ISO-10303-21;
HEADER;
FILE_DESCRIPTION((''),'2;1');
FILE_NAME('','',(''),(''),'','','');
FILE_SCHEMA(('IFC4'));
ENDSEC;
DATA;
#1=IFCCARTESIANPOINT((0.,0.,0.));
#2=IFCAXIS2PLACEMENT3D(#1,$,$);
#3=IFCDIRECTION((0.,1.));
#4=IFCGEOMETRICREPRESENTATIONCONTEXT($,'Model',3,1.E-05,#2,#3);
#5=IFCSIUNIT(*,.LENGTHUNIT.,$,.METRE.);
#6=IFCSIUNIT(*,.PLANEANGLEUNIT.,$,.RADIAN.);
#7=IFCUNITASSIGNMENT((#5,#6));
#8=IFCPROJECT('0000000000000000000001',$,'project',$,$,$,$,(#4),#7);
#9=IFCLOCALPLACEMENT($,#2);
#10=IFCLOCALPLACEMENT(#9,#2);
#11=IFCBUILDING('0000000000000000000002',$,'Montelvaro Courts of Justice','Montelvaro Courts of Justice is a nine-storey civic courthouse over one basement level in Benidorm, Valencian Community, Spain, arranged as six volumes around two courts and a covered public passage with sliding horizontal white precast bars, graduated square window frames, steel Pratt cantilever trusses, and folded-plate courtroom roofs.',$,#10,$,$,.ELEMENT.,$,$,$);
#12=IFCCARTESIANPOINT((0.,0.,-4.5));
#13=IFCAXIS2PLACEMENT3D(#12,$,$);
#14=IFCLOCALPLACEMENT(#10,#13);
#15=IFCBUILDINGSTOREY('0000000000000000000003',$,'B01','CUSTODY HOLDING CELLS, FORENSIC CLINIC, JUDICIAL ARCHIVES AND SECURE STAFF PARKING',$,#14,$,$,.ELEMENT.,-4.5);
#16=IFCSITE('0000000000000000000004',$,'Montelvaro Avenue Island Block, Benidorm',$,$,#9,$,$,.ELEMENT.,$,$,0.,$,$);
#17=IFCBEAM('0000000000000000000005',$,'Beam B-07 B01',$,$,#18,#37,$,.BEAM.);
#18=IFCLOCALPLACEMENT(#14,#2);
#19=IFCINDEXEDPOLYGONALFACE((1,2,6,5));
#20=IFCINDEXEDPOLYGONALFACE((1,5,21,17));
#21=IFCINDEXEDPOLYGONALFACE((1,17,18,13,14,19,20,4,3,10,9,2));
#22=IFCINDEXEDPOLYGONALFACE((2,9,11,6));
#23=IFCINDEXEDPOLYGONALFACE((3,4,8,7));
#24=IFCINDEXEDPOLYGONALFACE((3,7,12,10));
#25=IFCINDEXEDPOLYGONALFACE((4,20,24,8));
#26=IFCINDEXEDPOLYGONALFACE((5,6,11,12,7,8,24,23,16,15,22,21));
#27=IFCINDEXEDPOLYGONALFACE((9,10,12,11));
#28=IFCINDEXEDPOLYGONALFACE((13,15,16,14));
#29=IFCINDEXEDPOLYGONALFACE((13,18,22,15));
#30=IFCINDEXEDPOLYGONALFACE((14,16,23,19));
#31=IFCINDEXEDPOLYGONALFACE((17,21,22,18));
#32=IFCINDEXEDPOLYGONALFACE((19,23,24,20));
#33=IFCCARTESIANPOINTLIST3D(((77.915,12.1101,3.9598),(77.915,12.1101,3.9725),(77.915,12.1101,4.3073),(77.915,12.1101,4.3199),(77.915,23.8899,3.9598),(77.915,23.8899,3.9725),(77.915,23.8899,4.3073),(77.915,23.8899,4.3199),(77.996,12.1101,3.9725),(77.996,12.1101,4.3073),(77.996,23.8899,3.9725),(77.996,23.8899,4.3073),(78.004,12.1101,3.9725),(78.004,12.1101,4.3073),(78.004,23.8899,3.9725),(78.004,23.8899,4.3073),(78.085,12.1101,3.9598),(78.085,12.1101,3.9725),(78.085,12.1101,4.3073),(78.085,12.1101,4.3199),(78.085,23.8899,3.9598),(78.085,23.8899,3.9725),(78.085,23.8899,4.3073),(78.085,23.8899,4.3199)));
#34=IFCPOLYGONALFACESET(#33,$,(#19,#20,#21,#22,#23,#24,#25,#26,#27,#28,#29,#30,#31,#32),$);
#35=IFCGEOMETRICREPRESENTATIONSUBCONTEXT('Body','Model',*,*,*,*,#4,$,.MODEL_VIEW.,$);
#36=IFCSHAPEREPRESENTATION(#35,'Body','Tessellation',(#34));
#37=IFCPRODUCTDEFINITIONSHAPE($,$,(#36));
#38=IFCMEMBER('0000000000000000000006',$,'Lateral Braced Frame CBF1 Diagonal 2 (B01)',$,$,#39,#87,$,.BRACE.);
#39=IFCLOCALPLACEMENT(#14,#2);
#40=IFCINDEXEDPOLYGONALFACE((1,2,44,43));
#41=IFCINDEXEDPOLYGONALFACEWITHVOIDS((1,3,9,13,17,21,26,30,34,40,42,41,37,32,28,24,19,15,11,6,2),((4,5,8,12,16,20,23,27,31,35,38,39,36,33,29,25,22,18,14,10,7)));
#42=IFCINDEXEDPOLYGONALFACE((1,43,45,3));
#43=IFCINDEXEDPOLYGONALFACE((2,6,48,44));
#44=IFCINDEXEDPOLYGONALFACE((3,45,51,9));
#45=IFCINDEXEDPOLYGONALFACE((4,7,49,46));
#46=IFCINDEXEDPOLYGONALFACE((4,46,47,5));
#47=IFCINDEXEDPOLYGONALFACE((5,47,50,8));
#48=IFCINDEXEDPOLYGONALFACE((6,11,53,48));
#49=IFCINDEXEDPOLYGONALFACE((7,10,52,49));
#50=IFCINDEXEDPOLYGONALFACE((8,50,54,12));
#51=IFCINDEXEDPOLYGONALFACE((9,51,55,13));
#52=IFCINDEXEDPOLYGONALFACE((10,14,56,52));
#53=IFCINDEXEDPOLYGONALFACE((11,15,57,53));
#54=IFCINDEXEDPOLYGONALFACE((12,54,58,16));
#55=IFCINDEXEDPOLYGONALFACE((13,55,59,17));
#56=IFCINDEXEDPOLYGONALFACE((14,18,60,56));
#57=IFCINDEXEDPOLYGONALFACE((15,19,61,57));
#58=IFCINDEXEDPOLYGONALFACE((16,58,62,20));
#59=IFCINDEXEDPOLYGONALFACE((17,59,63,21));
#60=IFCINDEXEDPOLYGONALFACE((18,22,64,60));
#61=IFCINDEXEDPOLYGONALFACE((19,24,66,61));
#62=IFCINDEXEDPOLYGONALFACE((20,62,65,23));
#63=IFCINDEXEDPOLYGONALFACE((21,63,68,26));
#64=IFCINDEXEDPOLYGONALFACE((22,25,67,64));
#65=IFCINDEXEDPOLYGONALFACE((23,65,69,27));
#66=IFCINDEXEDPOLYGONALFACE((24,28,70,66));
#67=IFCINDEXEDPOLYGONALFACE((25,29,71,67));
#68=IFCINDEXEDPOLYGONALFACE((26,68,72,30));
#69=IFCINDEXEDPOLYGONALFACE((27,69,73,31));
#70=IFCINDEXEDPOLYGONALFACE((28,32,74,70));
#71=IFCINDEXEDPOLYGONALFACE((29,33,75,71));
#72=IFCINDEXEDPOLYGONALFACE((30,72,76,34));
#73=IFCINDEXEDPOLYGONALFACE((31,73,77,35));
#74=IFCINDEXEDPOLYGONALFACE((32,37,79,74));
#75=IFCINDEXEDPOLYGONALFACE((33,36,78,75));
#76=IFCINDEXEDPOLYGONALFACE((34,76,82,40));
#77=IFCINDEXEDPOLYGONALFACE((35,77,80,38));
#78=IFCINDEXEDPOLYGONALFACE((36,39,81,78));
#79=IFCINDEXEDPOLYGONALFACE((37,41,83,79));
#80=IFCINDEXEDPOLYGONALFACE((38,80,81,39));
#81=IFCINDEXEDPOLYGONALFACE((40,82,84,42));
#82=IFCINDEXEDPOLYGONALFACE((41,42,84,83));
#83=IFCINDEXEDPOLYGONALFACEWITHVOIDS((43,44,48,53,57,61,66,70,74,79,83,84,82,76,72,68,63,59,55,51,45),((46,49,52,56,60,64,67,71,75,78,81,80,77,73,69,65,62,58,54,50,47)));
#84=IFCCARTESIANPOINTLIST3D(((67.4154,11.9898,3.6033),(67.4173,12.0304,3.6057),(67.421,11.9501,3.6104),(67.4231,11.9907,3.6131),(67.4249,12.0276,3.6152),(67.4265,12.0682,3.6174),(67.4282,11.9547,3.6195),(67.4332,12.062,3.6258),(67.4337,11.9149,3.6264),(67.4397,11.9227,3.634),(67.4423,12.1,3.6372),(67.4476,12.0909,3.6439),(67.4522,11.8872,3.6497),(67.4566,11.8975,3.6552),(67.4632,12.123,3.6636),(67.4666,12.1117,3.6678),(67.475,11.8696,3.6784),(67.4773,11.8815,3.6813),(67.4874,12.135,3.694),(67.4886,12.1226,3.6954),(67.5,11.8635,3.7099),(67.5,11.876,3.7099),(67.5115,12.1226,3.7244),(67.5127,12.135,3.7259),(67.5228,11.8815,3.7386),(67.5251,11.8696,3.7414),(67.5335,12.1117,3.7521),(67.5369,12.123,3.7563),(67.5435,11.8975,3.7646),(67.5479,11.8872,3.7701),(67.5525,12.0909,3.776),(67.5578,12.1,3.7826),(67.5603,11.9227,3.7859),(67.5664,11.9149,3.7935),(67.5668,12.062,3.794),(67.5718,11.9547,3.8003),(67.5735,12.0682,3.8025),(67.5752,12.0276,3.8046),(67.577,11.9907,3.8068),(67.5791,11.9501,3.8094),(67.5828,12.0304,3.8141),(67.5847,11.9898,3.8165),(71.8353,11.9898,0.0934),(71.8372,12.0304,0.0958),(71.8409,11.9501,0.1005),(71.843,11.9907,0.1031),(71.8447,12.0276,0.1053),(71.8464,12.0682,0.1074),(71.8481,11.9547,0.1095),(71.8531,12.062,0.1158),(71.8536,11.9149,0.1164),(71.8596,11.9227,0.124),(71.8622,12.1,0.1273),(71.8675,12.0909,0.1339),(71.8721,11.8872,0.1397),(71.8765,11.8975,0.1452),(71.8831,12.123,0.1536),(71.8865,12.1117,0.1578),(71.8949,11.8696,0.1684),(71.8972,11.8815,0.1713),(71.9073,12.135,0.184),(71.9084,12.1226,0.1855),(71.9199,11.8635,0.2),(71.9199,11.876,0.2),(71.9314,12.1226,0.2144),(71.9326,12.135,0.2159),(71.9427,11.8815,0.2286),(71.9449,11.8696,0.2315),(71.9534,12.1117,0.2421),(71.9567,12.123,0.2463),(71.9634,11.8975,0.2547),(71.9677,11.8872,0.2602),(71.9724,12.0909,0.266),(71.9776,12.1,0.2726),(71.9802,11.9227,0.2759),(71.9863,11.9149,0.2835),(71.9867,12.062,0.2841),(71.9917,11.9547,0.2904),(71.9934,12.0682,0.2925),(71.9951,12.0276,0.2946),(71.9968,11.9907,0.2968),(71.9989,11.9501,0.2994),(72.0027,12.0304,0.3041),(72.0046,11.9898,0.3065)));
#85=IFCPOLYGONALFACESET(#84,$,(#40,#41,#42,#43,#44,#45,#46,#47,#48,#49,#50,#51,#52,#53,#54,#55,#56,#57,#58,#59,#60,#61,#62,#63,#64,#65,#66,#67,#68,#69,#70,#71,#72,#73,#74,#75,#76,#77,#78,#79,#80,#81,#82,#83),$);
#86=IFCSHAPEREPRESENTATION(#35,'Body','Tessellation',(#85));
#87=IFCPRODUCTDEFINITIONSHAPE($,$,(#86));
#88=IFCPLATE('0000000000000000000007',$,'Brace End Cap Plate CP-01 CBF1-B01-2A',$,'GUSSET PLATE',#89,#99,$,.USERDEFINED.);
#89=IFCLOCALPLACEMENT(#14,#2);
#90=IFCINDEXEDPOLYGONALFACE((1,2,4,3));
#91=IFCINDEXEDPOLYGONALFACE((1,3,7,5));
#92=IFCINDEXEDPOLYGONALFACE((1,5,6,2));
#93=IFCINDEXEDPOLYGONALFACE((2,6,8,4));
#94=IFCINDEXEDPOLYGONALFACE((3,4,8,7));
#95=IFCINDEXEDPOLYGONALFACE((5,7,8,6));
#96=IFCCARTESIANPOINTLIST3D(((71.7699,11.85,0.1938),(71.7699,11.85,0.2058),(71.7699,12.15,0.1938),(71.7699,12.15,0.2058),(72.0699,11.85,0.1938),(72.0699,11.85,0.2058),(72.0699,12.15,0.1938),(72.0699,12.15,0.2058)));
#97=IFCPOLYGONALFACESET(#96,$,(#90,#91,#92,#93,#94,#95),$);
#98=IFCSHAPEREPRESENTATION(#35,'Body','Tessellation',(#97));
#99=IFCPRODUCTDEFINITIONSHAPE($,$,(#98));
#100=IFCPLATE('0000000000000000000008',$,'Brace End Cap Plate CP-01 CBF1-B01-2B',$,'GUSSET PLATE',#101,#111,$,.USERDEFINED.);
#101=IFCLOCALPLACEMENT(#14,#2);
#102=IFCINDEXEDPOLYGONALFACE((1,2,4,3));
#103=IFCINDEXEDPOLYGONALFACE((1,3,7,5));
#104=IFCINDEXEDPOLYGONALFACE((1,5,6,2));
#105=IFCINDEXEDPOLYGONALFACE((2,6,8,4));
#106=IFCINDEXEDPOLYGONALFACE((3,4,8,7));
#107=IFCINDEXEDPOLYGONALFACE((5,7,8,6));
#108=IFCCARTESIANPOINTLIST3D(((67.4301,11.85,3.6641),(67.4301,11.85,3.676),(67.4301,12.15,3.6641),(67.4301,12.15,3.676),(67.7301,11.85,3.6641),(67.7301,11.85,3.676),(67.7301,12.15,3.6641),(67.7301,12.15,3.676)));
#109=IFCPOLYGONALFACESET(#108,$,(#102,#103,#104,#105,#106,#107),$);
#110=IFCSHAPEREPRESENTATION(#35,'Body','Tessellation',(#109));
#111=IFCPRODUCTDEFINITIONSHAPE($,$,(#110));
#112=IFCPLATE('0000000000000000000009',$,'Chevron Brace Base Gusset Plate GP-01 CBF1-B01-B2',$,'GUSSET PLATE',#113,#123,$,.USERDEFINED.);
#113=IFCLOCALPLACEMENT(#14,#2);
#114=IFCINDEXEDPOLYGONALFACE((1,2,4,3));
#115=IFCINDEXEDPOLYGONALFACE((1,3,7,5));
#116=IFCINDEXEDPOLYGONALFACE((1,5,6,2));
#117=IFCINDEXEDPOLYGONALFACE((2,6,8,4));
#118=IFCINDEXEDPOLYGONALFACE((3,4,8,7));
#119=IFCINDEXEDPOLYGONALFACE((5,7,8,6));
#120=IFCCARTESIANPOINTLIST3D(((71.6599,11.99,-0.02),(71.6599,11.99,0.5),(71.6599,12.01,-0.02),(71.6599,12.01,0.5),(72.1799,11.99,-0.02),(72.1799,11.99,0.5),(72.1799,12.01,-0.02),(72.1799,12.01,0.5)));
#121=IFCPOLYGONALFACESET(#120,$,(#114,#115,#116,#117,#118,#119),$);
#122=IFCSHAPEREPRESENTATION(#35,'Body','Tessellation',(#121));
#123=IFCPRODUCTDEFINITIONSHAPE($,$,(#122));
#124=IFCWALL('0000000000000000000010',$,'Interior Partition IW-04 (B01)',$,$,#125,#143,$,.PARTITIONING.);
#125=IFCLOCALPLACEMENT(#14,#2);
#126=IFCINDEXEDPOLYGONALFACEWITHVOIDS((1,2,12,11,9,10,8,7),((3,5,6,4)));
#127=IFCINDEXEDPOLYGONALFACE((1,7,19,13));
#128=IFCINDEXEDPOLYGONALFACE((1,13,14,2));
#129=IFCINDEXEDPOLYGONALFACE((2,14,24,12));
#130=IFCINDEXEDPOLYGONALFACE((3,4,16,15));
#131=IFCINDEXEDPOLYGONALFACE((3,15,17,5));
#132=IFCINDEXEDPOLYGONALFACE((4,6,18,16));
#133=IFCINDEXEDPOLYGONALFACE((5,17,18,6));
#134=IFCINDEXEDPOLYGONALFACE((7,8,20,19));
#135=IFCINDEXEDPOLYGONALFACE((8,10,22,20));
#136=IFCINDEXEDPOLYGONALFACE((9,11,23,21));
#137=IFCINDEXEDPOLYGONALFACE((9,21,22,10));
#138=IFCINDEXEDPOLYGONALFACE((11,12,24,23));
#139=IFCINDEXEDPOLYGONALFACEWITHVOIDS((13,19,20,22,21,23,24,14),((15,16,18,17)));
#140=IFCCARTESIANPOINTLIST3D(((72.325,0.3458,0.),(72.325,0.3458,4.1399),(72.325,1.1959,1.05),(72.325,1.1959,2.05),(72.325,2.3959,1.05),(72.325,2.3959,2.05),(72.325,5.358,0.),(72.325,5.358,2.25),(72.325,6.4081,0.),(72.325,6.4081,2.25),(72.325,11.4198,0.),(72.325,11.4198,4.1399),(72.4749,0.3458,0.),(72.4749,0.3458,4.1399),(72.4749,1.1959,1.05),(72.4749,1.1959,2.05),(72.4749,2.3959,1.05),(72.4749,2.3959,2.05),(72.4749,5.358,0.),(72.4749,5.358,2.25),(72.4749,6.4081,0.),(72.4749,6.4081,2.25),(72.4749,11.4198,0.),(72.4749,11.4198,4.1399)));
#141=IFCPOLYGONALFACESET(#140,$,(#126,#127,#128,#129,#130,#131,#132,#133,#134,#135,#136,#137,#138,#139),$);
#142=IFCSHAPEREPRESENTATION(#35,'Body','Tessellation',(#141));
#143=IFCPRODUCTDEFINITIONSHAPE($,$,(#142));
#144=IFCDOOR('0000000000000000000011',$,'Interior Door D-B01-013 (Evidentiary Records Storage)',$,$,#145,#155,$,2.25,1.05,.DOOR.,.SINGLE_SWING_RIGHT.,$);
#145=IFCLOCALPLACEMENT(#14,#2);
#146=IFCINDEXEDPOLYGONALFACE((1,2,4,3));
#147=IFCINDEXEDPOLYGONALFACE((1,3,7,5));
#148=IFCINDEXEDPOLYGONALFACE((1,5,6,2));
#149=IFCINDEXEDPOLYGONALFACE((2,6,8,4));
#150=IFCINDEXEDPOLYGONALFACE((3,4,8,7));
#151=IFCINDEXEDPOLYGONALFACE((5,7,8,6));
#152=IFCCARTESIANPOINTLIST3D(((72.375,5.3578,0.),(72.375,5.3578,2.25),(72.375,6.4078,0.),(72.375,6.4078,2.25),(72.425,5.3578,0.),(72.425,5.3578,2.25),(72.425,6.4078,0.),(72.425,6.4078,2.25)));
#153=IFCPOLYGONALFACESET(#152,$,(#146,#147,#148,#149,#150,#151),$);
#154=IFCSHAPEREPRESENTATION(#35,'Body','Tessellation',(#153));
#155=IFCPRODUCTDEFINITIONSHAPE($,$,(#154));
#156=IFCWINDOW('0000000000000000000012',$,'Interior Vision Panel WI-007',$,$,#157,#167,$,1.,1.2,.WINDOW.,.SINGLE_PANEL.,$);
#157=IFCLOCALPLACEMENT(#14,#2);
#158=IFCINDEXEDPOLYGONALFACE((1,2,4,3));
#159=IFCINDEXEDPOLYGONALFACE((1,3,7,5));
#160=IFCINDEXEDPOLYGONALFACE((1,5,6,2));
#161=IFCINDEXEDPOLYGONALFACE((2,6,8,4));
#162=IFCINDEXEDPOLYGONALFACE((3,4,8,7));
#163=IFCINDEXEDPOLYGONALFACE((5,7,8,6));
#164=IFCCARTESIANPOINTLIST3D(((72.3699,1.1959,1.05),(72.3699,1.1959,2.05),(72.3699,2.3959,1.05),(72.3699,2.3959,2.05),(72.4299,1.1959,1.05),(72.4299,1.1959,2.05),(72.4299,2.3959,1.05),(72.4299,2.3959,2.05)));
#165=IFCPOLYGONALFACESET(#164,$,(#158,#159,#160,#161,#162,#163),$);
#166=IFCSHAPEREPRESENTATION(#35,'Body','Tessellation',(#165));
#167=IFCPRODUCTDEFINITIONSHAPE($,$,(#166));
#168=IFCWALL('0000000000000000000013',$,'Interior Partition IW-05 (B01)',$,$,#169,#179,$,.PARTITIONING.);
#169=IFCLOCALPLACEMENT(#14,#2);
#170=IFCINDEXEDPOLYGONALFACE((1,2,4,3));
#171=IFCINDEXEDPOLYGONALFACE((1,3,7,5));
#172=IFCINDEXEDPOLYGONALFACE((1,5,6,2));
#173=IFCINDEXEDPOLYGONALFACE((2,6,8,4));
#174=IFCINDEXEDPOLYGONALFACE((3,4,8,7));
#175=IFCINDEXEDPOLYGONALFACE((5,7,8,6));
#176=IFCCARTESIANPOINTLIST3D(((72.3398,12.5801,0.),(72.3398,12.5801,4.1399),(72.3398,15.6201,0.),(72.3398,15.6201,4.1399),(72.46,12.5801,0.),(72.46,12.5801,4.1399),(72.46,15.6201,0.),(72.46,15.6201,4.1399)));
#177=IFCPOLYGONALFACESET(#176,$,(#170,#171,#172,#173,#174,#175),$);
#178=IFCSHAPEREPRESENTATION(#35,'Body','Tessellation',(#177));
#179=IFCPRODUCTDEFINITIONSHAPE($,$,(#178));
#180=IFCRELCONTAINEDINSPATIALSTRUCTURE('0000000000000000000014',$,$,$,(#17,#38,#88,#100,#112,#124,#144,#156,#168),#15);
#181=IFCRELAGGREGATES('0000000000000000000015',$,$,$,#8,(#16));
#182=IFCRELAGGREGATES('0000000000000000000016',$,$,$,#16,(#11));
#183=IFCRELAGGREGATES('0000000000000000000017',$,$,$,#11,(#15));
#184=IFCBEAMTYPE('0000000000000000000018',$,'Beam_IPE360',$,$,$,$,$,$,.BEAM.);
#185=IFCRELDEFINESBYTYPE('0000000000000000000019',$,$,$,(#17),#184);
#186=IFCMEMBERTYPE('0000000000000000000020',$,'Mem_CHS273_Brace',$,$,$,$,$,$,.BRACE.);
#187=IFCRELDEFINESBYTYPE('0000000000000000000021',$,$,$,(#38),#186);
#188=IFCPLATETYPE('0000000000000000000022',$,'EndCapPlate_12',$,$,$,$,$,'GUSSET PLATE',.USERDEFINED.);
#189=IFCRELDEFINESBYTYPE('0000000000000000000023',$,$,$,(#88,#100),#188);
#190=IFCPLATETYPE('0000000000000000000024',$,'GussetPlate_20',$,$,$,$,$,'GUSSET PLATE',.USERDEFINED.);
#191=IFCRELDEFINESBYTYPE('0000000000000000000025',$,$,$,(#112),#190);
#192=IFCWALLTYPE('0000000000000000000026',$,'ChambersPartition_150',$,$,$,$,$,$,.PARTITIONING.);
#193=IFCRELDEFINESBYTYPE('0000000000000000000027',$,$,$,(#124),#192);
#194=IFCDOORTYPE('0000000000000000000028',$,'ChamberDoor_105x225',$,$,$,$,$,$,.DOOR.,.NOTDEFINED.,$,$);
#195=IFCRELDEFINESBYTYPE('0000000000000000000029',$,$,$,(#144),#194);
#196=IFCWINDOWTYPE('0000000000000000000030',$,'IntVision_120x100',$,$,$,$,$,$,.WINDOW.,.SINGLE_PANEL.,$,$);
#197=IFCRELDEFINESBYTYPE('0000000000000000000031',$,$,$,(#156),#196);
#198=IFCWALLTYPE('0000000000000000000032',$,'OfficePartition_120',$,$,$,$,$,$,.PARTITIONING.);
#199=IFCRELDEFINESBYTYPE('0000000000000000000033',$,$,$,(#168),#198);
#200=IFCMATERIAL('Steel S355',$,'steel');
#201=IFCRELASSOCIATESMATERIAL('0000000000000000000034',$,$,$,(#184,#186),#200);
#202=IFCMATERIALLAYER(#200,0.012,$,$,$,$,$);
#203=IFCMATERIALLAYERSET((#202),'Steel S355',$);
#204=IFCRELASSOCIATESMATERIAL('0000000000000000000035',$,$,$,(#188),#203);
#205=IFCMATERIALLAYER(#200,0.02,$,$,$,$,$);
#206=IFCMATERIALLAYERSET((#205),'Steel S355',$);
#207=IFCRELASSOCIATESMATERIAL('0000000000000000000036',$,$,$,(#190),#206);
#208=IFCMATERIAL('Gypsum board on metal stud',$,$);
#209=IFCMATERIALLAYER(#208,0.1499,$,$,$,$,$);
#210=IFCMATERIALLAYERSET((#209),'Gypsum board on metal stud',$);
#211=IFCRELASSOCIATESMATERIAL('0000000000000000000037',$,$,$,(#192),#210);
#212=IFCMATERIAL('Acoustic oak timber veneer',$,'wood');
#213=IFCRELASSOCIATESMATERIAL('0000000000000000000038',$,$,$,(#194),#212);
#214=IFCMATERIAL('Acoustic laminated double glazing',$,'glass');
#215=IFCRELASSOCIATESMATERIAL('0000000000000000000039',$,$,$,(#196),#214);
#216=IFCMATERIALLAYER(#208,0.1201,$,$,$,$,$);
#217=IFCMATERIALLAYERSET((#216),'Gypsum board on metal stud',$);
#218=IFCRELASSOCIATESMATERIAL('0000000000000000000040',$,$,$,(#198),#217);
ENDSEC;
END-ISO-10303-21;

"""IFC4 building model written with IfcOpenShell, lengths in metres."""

from ifc_helpers import new_model, si_unit, direction, frame, frame_2d, origin, origin_2d, place, context, subcontext, project, spatial, rectangle, hollow_circle, i_section, extrude, material, layer, layer_set, material_profile, profile_set, type_object, element, fill, save


model = new_model("IFC4")

# Units and contexts
model_context = context("Model", 3, precision=1e-05, world=origin(), true_north=direction((0.0, 1.0)))
body_context = subcontext(model_context, "Body", "Model", "MODEL_VIEW")
ifc_project = project(units=[si_unit("LENGTHUNIT", "METRE"), si_unit("PLANEANGLEUNIT", "RADIAN")], contexts=[model_context])

# Site, building, storey
site_placement = place(None, origin())
site = spatial("IfcSite", under=ifc_project, at=site_placement, Name="Montelvaro Avenue Island Block, Benidorm", CompositionType="ELEMENT", RefElevation=0.0)
building_placement = place(site_placement, origin())
building = spatial("IfcBuilding", under=site, at=building_placement, Name="Montelvaro Courts of Justice", Description="Montelvaro Courts of Justice is a nine-storey civic courthouse over one basement level in Benidorm, Valencian Community, Spain, arranged as six volumes around two courts and a covered public passage with sliding horizontal white precast bars, graduated square window frames, steel Pratt cantilever trusses, and folded-plate courtroom roofs.", CompositionType="ELEMENT")
storey_placement = place(building_placement, frame((0.0, 0.0, -4.5)))
storey = spatial("IfcBuildingStorey", under=building, at=storey_placement, Name="B01", Description="CUSTODY HOLDING CELLS, FORENSIC CLINIC, JUDICIAL ARCHIVES AND SECURE STAFF PARKING", CompositionType="ELEMENT", Elevation=-4.5)

# Beam
ifc_material_1 = material(Name="Steel S355", Category="steel")
ifc_material_profile_1 = material_profile(ifc_material_1, i_section(OverallWidth=0.1699, OverallDepth=0.3601, WebThickness=0.0081, FlangeThickness=0.0127, at=origin_2d()), Name="IPE 360")
ifc_profile_set_1 = profile_set([ifc_material_profile_1], Name="Steel S355")
beam_type_1 = type_object("IfcBeamType", Name="Beam_IPE360", PredefinedType="BEAM", material=ifc_profile_set_1)
beam_1_placement = place(storey_placement, frame((78.0, 12.1101, 4.1399), z_axis=(0.0, 1.0, 0.0), x_axis=(-1.0, 0.0, 0.0)))
element("IfcBeam", 1, at=beam_1_placement, inside=storey, type_object=beam_type_1, Name="Beam B-07 B01", PredefinedType="BEAM", context=body_context, shape_type="SweptSolid", body=[
    extrude(i_section(OverallWidth=0.1699, OverallDepth=0.3601, WebThickness=0.0081, FlangeThickness=0.0127, at=origin_2d()), origin(), (0.0, 0.0, 1.0), 11.7798),
])

# Member
ifc_material_profile_2 = material_profile(ifc_material_1, hollow_circle(Radius=0.1365, WallThickness=0.0125, at=origin_2d()), Name="CHS 273x12.5")
ifc_profile_set_2 = profile_set([ifc_material_profile_2], Name="Steel S355")
member_type = type_object("IfcMemberType", Name="Mem_CHS273_Brace", PredefinedType="BRACE", material=ifc_profile_set_2)
member_placement = place(storey_placement, frame((71.9199, 12.0, 0.2), z_axis=(-0.783105, 0.0, 0.62189), x_axis=(0.0, -1.0, 0.0)))
element("IfcMember", 2, at=member_placement, inside=storey, type_object=member_type, Name="Lateral Braced Frame CBF1 Diagonal 2 (B01)", PredefinedType="BRACE", context=body_context, shape_type="SweptSolid", body=[
    extrude(hollow_circle(Radius=0.1365, WallThickness=0.0125, at=origin_2d()), origin(), (0.0, 0.0, 1.0), 5.644),
])

# Plates
ifc_layer_1 = layer(ifc_material_1, 0.012)
ifc_layer_set_1 = layer_set([ifc_layer_1], Name="Steel S355")
plate_type_1 = type_object("IfcPlateType", Name="EndCapPlate_12", ElementType="GUSSET PLATE", PredefinedType="USERDEFINED", material=ifc_layer_set_1)
for number, where, z_axis, x_axis, name in (
    (3, (71.9199, 12.0, 0.1938), (0.0, 0.0, 1.0), (1.0, 0.0, 0.0), "Brace End Cap Plate CP-01 CBF1-B01-2A"),
    (4, (67.5801, 12.0, 3.6641), (0.0, 0.0, 1.0), (1.0, 0.0, 0.0), "Brace End Cap Plate CP-01 CBF1-B01-2B"),
):
    element("IfcPlate", number, at=place(storey_placement, frame(where, z_axis=z_axis, x_axis=x_axis)), inside=storey, type_object=plate_type_1, Name=name, ObjectType="GUSSET PLATE", PredefinedType="USERDEFINED", context=body_context, shape_type="SweptSolid", body=[
        extrude(rectangle(XDim=0.3, YDim=0.3, at=origin_2d()), origin(), (0.0, 0.0, 1.0), 0.012),
    ])
ifc_layer_2 = layer(ifc_material_1, 0.02)
ifc_layer_set_2 = layer_set([ifc_layer_2], Name="Steel S355")
plate_type_2 = type_object("IfcPlateType", Name="GussetPlate_20", ElementType="GUSSET PLATE", PredefinedType="USERDEFINED", material=ifc_layer_set_2)
plate_placement = place(storey_placement, frame((71.9199, 12.0, -0.02), z_axis=(0.0, 0.0, 1.0), x_axis=(1.0, 0.0, 0.0)))
element("IfcPlate", 5, at=plate_placement, inside=storey, type_object=plate_type_2, Name="Chevron Brace Base Gusset Plate GP-01 CBF1-B01-B2", ObjectType="GUSSET PLATE", PredefinedType="USERDEFINED", context=body_context, shape_type="SweptSolid", body=[
    extrude(rectangle(XDim=0.52, YDim=0.02, at=origin_2d()), origin(), (0.0, 0.0, 1.0), 0.52),
])

# Wall, openings, door, window
ifc_material_2 = material(Name="Gypsum board on metal stud")
ifc_layer_3 = layer(ifc_material_2, 0.1499)
ifc_layer_set_3 = layer_set([ifc_layer_3], Name="Gypsum board on metal stud")
wall_type_1 = type_object("IfcWallType", Name="ChambersPartition_150", PredefinedType="PARTITIONING", material=ifc_layer_set_3)
wall_1_placement = place(storey_placement, frame((72.3999, 11.4199, 0.0), z_axis=(0.0, 0.0, 1.0), x_axis=(0.0, -1.0, 0.0)))
wall_1 = element("IfcWall", 6, at=wall_1_placement, inside=storey, type_object=wall_type_1, Name="Interior Partition IW-04 (B01)", PredefinedType="PARTITIONING", context=body_context, shape_type="SweptSolid", body=[
    extrude(rectangle(XDim=11.074, YDim=0.1499, at=frame_2d((5.5371, 0.0))), origin(), (0.0, 0.0, 1.0), 4.1399),
])
opening_1_placement = place(wall_1_placement, frame((5.012, 0.0, 0.0)))
opening_1 = element("IfcOpeningElement", 7, at=opening_1_placement, cuts=wall_1, PredefinedType="OPENING", context=body_context, shape_type="SweptSolid", body=[
    extrude(rectangle(XDim=1.05, YDim=2.25, at=frame_2d((0.5249, 1.125))), frame((0.0, 0.0898, 0.0), z_axis=(0.0, -1.0, 0.0), x_axis=(1.0, 0.0, 0.0)), (0.0, 0.0, 1.0), 0.1797),
])
opening_2_placement = place(wall_1_placement, frame((9.0239, 0.0, 1.05)))
opening_2 = element("IfcOpeningElement", 8, at=opening_2_placement, cuts=wall_1, PredefinedType="OPENING", context=body_context, shape_type="SweptSolid", body=[
    extrude(rectangle(XDim=1.2, YDim=1.0, at=frame_2d((0.6001, 0.5))), frame((0.0, 0.0898, 0.0), z_axis=(0.0, -1.0, 0.0), x_axis=(1.0, 0.0, 0.0)), (0.0, 0.0, 1.0), 0.1797),
])
ifc_material_3 = material(Name="Acoustic oak timber veneer", Category="wood")
door_type = type_object("IfcDoorType", Name="ChamberDoor_105x225", OperationType="NOTDEFINED", PredefinedType="DOOR", material=ifc_material_3)
door_placement = place(opening_1_placement, frame((1.05, 0.0, 0.0), z_axis=(0.0, 0.0, 1.0), x_axis=(-1.0, 0.0, 0.0)))
door = element("IfcDoor", 9, at=door_placement, inside=storey, type_object=door_type, Name="Interior Door D-B01-013 (Evidentiary Records Storage)", OperationType="SINGLE_SWING_RIGHT", OverallHeight=2.25, OverallWidth=1.05, PredefinedType="DOOR", context=body_context, shape_type="SweptSolid", body=[
    extrude(rectangle(XDim=1.05, YDim=2.25, at=frame_2d((0.5249, 1.125))), frame((0.0, 0.0249, 0.0), z_axis=(0.0, -1.0, 0.0), x_axis=(1.0, 0.0, 0.0)), (0.0, 0.0, 1.0), 0.05),
])
fill(opening_1, door)
ifc_material_4 = material(Name="Acoustic laminated double glazing", Category="glass")
window_type = type_object("IfcWindowType", Name="IntVision_120x100", PartitioningType="SINGLE_PANEL", PredefinedType="WINDOW", material=ifc_material_4)
window_placement = place(opening_2_placement, origin())
window = element("IfcWindow", 10, at=window_placement, inside=storey, type_object=window_type, Name="Interior Vision Panel WI-007", OverallHeight=1.0, OverallWidth=1.2, PartitioningType="SINGLE_PANEL", PredefinedType="WINDOW", context=body_context, shape_type="SweptSolid", body=[
    extrude(rectangle(XDim=1.2, YDim=1.0, at=frame_2d((0.6001, 0.5))), frame((0.0, 0.03, 0.0), z_axis=(0.0, -1.0, 0.0), x_axis=(1.0, 0.0, 0.0)), (0.0, 0.0, 1.0), 0.0601),
])
fill(opening_2, window)

# Wall
ifc_layer_4 = layer(ifc_material_2, 0.1201)
ifc_layer_set_4 = layer_set([ifc_layer_4], Name="Gypsum board on metal stud")
wall_type_2 = type_object("IfcWallType", Name="OfficePartition_120", PredefinedType="PARTITIONING", material=ifc_layer_set_4)
wall_2_placement = place(storey_placement, frame((72.3999, 15.6201, 0.0), z_axis=(0.0, 0.0, 1.0), x_axis=(0.0, -1.0, 0.0)))
element("IfcWall", 11, at=wall_2_placement, inside=storey, type_object=wall_type_2, Name="Interior Partition IW-05 (B01)", PredefinedType="PARTITIONING", context=body_context, shape_type="SweptSolid", body=[
    extrude(rectangle(XDim=3.04, YDim=0.1201, at=frame_2d((1.52, 0.0))), origin(), (0.0, 0.0, 1.0), 4.1399),
])

save(model, "model.ifc")
